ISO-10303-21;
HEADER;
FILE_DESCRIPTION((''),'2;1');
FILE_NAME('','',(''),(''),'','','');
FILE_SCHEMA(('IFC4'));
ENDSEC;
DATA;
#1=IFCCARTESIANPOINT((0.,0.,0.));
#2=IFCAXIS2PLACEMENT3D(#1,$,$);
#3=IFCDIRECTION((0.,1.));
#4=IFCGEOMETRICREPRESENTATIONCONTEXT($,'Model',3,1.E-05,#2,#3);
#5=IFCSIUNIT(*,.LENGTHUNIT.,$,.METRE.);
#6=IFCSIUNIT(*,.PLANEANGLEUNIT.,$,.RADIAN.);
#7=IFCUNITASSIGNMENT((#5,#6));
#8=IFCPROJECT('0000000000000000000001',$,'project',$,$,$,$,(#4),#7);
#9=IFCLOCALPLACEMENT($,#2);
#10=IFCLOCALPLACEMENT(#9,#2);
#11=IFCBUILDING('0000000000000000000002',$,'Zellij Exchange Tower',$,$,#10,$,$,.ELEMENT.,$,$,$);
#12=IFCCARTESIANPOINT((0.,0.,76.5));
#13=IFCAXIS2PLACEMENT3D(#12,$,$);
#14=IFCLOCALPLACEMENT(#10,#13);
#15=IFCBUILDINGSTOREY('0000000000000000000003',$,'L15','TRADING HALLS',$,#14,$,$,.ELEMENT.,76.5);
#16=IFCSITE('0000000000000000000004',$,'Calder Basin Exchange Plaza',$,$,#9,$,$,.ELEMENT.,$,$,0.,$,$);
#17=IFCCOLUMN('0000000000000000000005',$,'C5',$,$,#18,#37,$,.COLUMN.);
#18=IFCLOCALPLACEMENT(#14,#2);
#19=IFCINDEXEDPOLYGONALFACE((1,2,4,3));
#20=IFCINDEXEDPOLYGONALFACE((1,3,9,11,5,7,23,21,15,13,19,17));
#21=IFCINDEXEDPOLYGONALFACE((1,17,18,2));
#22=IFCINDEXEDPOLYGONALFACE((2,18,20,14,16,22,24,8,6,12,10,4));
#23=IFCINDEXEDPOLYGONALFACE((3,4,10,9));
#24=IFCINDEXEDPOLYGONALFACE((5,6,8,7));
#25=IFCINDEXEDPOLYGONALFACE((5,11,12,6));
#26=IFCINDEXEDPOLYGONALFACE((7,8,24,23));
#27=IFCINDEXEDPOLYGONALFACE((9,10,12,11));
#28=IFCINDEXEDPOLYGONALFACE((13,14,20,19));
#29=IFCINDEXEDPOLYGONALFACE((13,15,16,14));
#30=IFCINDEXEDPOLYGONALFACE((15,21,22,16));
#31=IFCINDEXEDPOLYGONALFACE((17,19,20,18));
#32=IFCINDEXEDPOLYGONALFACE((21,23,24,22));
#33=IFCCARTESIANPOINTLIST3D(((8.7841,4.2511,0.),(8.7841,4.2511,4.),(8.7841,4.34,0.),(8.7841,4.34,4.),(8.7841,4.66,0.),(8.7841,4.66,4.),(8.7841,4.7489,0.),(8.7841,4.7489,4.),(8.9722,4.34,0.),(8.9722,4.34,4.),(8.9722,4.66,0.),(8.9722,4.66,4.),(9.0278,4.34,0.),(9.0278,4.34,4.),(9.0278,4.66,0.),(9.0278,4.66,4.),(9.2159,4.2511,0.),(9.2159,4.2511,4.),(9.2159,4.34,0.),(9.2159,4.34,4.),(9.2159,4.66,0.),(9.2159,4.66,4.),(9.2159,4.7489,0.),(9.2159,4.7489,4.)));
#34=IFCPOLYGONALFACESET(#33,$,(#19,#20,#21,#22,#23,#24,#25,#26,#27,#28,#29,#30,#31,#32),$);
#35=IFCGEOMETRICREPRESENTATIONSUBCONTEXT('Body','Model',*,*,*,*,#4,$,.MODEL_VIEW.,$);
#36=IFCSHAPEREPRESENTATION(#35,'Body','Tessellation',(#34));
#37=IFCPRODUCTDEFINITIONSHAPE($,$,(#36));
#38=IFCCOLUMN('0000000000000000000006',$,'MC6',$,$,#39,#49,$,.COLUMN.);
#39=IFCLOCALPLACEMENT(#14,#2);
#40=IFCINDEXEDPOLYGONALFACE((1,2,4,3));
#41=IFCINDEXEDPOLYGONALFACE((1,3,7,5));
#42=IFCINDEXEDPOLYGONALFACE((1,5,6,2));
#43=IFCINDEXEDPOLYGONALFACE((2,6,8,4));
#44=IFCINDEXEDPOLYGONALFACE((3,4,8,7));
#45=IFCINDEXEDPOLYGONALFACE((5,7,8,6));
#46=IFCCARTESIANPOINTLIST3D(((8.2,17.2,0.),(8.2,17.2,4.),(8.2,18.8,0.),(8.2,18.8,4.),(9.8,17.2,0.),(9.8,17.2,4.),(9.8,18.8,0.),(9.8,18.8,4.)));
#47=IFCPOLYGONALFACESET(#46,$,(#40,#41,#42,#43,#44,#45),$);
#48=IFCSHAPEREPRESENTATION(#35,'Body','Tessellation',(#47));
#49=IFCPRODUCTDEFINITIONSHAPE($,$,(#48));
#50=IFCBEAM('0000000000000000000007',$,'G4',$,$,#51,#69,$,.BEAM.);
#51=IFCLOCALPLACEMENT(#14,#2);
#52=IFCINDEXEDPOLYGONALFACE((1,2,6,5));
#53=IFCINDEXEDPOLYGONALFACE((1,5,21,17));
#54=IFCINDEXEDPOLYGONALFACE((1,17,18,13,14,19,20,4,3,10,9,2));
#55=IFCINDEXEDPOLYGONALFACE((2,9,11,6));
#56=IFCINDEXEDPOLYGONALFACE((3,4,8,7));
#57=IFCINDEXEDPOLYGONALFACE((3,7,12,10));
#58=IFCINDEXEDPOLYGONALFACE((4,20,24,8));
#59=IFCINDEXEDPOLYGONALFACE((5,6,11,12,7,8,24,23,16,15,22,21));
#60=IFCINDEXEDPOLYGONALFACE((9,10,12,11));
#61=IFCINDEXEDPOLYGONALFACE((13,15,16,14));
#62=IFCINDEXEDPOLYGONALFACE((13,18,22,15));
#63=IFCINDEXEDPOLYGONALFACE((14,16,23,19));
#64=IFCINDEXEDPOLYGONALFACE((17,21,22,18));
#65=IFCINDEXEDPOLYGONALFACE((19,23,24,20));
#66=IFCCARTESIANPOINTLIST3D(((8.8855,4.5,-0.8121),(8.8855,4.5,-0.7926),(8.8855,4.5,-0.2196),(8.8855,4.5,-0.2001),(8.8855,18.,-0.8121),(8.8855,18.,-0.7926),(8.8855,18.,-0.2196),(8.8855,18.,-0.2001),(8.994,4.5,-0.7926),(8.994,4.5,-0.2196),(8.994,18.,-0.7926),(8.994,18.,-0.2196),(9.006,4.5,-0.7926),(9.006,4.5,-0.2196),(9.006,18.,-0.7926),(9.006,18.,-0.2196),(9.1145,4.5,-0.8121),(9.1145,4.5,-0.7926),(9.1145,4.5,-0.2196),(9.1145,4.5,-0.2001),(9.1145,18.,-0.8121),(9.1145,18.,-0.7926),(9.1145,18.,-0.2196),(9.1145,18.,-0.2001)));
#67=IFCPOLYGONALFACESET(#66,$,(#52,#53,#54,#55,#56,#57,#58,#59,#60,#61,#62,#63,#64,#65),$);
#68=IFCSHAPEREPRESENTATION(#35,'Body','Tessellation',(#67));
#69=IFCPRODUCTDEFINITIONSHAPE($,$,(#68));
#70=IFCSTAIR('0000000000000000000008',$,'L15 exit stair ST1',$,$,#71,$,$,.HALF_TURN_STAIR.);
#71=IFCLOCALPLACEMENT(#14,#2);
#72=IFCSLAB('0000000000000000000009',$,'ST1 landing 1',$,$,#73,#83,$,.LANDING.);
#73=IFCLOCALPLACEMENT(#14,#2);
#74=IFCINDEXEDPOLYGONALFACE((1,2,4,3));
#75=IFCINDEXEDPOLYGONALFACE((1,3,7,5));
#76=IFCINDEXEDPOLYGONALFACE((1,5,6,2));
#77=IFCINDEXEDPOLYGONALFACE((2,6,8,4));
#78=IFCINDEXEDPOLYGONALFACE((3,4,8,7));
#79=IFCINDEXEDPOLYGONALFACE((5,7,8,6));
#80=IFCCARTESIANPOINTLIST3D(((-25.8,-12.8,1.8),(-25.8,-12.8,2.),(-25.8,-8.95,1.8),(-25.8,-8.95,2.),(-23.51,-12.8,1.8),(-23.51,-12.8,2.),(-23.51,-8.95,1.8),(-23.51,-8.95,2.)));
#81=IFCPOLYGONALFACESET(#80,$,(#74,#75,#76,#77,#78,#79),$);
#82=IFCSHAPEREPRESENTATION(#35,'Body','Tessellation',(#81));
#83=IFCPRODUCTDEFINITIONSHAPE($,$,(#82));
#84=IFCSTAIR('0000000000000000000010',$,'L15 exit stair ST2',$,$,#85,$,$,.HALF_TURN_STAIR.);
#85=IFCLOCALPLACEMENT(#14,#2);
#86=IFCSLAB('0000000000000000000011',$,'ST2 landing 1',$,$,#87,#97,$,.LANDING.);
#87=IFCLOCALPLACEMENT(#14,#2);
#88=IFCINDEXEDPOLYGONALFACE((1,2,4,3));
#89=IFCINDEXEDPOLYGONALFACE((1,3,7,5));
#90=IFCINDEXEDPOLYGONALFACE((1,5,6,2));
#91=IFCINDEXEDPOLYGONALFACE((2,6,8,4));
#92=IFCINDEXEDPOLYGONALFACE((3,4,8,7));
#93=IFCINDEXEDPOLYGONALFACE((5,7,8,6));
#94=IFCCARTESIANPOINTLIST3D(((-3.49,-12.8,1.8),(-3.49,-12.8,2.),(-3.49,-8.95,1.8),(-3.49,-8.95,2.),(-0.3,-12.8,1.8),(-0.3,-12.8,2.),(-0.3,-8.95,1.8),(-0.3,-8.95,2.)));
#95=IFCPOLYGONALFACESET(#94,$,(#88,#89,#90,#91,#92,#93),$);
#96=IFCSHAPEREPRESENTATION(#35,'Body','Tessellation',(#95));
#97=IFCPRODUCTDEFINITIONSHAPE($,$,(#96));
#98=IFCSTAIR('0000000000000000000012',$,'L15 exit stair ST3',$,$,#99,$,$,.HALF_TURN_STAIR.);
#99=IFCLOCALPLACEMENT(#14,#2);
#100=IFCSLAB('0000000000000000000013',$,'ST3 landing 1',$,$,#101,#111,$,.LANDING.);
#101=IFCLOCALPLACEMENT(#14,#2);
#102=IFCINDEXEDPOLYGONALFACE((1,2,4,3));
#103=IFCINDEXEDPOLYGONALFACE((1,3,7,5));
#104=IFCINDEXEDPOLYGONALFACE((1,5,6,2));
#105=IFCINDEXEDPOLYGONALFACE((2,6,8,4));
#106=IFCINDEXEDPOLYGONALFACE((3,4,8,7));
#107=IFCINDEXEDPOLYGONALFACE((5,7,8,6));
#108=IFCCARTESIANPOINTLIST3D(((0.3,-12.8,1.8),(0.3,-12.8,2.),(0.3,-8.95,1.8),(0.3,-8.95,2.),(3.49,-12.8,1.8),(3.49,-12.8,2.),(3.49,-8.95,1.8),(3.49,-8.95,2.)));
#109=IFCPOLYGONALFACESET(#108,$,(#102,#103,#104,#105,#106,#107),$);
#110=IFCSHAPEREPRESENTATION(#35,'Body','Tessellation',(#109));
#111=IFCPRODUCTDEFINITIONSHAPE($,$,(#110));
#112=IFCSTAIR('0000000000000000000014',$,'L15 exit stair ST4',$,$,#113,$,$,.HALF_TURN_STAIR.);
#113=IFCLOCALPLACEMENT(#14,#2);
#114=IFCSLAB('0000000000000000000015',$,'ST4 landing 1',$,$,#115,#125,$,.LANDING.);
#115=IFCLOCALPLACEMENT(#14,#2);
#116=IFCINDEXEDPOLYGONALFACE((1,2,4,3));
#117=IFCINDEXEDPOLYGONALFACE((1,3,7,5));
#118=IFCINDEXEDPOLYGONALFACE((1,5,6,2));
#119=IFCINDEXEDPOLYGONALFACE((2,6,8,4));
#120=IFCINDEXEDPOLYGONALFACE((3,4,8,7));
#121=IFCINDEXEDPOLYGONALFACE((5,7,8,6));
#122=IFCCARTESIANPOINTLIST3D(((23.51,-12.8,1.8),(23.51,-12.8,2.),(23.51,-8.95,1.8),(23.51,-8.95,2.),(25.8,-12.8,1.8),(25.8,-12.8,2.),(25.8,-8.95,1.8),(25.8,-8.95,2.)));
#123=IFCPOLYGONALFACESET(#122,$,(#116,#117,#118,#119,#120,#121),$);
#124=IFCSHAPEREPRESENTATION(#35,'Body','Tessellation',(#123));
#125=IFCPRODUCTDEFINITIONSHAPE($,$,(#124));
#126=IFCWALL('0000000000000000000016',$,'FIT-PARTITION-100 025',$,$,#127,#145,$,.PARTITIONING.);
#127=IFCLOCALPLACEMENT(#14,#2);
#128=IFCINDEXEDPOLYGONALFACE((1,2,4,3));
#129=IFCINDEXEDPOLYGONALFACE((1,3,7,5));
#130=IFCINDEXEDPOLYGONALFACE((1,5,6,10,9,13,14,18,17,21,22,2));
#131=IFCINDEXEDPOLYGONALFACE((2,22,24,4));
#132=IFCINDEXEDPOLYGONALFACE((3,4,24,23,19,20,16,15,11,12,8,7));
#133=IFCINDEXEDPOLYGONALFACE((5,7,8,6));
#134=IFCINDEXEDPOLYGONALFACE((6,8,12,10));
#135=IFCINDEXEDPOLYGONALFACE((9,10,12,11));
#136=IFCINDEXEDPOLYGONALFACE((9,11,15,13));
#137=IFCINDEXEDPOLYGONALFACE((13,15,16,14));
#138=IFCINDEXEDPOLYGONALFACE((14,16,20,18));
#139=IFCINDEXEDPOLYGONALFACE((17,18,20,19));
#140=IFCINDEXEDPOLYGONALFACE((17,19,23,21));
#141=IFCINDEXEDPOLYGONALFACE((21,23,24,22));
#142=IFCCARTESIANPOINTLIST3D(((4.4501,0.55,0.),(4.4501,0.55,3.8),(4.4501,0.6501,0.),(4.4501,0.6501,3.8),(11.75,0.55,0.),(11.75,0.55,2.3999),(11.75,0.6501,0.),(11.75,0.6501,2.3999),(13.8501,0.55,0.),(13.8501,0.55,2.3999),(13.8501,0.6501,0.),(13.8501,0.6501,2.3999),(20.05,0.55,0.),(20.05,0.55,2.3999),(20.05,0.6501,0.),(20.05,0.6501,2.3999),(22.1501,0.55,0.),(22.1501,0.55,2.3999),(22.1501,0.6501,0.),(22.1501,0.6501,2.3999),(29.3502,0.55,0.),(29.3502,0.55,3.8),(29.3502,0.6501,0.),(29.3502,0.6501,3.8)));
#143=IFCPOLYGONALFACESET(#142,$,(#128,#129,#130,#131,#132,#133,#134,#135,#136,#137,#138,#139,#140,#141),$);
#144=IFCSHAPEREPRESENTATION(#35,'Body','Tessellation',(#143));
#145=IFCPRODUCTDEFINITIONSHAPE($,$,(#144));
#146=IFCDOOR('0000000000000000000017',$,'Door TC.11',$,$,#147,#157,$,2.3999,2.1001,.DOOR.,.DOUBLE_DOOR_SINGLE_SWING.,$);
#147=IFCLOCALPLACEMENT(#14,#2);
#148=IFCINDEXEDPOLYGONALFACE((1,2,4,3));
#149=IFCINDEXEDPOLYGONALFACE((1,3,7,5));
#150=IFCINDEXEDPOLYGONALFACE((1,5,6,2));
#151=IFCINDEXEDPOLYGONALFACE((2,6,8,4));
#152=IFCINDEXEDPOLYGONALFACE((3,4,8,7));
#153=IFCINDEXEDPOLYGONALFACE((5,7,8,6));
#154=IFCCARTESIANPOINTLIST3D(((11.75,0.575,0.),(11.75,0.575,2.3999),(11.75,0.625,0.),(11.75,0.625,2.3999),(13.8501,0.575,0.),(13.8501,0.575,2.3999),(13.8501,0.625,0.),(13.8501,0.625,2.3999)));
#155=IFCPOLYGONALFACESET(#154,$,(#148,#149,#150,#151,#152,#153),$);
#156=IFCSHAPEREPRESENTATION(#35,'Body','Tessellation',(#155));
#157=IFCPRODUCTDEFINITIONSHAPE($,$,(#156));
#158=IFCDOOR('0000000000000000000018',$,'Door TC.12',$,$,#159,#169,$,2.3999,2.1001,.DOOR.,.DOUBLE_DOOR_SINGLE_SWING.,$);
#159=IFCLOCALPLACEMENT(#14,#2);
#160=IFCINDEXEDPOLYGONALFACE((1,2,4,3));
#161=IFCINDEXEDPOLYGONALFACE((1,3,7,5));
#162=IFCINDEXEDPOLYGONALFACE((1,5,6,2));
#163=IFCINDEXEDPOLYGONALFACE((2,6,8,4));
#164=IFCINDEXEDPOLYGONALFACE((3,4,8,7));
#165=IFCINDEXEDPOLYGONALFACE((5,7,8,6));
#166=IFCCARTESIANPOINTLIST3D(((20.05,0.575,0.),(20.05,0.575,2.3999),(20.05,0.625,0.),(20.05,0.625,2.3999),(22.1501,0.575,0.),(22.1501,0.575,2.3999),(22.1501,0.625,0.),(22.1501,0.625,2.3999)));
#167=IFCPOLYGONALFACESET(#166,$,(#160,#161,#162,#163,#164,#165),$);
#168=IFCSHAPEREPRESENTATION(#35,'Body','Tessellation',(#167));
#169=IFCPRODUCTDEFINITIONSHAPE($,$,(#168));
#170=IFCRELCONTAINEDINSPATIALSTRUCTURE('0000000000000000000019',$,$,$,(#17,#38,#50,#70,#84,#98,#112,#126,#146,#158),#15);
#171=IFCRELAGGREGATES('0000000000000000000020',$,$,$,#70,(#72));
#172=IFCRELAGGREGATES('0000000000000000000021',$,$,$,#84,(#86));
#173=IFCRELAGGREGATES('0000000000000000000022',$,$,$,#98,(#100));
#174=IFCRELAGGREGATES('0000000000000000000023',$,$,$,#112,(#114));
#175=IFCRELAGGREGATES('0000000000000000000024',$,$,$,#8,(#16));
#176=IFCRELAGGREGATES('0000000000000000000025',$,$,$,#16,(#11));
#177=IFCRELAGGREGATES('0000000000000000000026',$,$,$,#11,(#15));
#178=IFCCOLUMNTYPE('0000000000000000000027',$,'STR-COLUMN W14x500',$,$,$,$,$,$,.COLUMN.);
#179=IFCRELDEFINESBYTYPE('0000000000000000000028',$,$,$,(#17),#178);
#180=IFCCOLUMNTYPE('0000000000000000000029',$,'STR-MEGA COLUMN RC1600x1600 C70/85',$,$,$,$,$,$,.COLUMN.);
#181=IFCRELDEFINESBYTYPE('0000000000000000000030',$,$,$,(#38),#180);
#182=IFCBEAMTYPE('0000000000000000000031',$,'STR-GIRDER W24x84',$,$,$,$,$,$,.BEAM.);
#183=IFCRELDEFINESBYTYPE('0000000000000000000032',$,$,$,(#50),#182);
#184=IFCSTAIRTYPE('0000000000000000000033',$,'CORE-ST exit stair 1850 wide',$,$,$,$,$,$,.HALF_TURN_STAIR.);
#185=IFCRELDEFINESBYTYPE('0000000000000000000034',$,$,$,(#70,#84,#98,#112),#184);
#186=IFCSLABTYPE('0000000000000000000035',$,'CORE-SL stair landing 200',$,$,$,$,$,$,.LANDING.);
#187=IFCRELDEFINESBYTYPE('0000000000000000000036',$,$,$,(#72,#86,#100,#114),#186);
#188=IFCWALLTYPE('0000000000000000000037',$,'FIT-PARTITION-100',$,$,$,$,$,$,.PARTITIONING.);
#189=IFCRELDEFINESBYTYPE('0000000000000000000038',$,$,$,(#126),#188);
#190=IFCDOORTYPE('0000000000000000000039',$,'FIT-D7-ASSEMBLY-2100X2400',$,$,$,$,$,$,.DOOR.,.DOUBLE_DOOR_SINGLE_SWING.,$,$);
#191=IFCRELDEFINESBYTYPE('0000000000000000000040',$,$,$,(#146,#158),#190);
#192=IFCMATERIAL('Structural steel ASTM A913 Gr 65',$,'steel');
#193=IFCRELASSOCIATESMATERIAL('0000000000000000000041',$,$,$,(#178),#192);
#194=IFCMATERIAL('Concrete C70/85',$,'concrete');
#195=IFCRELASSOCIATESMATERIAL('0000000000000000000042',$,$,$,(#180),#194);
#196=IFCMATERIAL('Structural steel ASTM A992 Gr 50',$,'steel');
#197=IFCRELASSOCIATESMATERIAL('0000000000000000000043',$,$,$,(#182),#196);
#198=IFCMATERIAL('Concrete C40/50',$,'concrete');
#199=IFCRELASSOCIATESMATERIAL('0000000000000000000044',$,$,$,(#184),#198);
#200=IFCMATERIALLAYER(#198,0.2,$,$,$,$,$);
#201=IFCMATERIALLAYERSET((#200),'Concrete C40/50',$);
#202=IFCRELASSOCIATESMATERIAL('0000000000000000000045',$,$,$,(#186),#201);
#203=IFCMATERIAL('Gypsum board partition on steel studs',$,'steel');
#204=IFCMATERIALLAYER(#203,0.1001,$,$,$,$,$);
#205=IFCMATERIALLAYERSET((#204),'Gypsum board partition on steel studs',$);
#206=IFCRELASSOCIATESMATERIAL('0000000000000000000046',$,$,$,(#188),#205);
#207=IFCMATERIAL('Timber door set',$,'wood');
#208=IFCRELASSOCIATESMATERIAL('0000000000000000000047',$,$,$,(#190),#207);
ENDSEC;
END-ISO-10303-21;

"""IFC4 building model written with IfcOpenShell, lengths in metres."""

from ifc_helpers import new_model, si_unit, direction, frame, frame_2d, origin, origin_2d, place, context, subcontext, project, spatial, polyline, rectangle, i_section, outline, extrude, material, layer, layer_set, material_profile, profile_set, type_object, element, fill, aggregate, save


model = new_model("IFC4")

# Units and contexts
model_context = context("Model", 3, precision=1e-05, world=origin(), true_north=direction((0.0, 1.0)))
body_context = subcontext(model_context, "Body", "Model", "MODEL_VIEW")
ifc_project = project(units=[si_unit("LENGTHUNIT", "METRE"), si_unit("PLANEANGLEUNIT", "RADIAN")], contexts=[model_context])

# Site, building, storey
site_placement = place(None, origin())
site = spatial("IfcSite", under=ifc_project, at=site_placement, Name="Calder Basin Exchange Plaza", CompositionType="ELEMENT", RefElevation=0.0)
building_placement = place(site_placement, origin())
building = spatial("IfcBuilding", under=site, at=building_placement, Name="Zellij Exchange Tower", CompositionType="ELEMENT")
storey_placement = place(building_placement, frame((0.0, 0.0, 76.5)))
storey = spatial("IfcBuildingStorey", under=building, at=storey_placement, Name="L15", Description="TRADING HALLS", CompositionType="ELEMENT", Elevation=76.5)

# Columns
ifc_material_1 = material(Name="Structural steel ASTM A913 Gr 65", Category="steel")
ifc_material_profile_1 = material_profile(ifc_material_1, i_section(OverallWidth=0.4319, OverallDepth=0.4978, WebThickness=0.0557, FlangeThickness=0.0889, at=origin_2d()), Name="W14x500")
ifc_profile_set_1 = profile_set([ifc_material_profile_1], Name="Structural steel ASTM A913 Gr 65")
column_type_1 = type_object("IfcColumnType", Name="STR-COLUMN W14x500", PredefinedType="COLUMN", material=ifc_profile_set_1)
column_1_placement = place(storey_placement, frame((9.0, 4.5, 0.0), z_axis=(0.0, 0.0, 1.0), x_axis=(1.0, 0.0, 0.0)))
element("IfcColumn", 1, at=column_1_placement, inside=storey, type_object=column_type_1, Name="C5", PredefinedType="COLUMN", context=body_context, shape_type="SweptSolid", body=[
    extrude(i_section(OverallWidth=0.4319, OverallDepth=0.4978, WebThickness=0.0557, FlangeThickness=0.0889, at=origin_2d()), origin(), (0.0, 0.0, 1.0), 4.0),
])
ifc_material_2 = material(Name="Concrete C70/85", Category="concrete")
ifc_material_profile_2 = material_profile(ifc_material_2, rectangle(XDim=1.6001, YDim=1.6001, at=origin_2d()), Name="STR-MEGA COLUMN RC1600x1600 C70/85")
ifc_profile_set_2 = profile_set([ifc_material_profile_2], Name="Concrete C70/85")
column_type_2 = type_object("IfcColumnType", Name="STR-MEGA COLUMN RC1600x1600 C70/85", PredefinedType="COLUMN", material=ifc_profile_set_2)
column_2_placement = place(storey_placement, frame((9.0, 18.0, 0.0), z_axis=(0.0, 0.0, 1.0), x_axis=(1.0, 0.0, 0.0)))
element("IfcColumn", 2, at=column_2_placement, inside=storey, type_object=column_type_2, Name="MC6", PredefinedType="COLUMN", context=body_context, shape_type="SweptSolid", body=[
    extrude(rectangle(XDim=1.6001, YDim=1.6001, at=origin_2d()), origin(), (0.0, 0.0, 1.0), 4.0),
])

# Beam
ifc_material_3 = material(Name="Structural steel ASTM A992 Gr 50", Category="steel")
ifc_material_profile_3 = material_profile(ifc_material_3, i_section(OverallWidth=0.229, OverallDepth=0.6121, WebThickness=0.012, FlangeThickness=0.0195, at=origin_2d()), Name="W24x84")
ifc_profile_set_3 = profile_set([ifc_material_profile_3], Name="Structural steel ASTM A992 Gr 50")
beam_type = type_object("IfcBeamType", Name="STR-GIRDER W24x84", PredefinedType="BEAM", material=ifc_profile_set_3)
beam_placement = place(storey_placement, frame((9.0, 4.5, -0.5061), z_axis=(0.0, 1.0, 0.0), x_axis=(-1.0, 0.0, 0.0)))
element("IfcBeam", 3, at=beam_placement, inside=storey, type_object=beam_type, Name="G4", PredefinedType="BEAM", context=body_context, shape_type="SweptSolid", body=[
    extrude(i_section(OverallWidth=0.229, OverallDepth=0.6121, WebThickness=0.012, FlangeThickness=0.0195, at=origin_2d()), origin(), (0.0, 0.0, 1.0), 13.5),
])

# Stairs, slabs
ifc_material_4 = material(Name="Concrete C40/50", Category="concrete")
stair_type = type_object("IfcStairType", Name="CORE-ST exit stair 1850 wide", PredefinedType="HALF_TURN_STAIR", material=ifc_material_4)
stair_1_placement = place(storey_placement, origin())
stair_1 = element("IfcStair", 4, at=stair_1_placement, inside=storey, type_object=stair_type, Name="L15 exit stair ST1", PredefinedType="HALF_TURN_STAIR")
ifc_layer_1 = layer(ifc_material_4, 0.2)
ifc_layer_set_1 = layer_set([ifc_layer_1], Name="Concrete C40/50")
slab_type = type_object("IfcSlabType", Name="CORE-SL stair landing 200", PredefinedType="LANDING", material=ifc_layer_set_1)
slab_1_placement = place(storey_placement, frame((0.0, 0.0, 1.8)))
slab_1 = element("IfcSlab", 5, at=slab_1_placement, type_object=slab_type, Name="ST1 landing 1", PredefinedType="LANDING", context=body_context, shape_type="SweptSolid", body=[
    extrude(outline(polyline([(-23.51, -8.95), (-25.8, -8.95), (-25.8, -12.8), (-23.51, -12.8), (-23.51, -8.95)])), origin(), (0.0, 0.0, 1.0), 0.2),
])
aggregate(stair_1, [slab_1])
stair_2_placement = place(storey_placement, origin())
stair_2 = element("IfcStair", 6, at=stair_2_placement, inside=storey, type_object=stair_type, Name="L15 exit stair ST2", PredefinedType="HALF_TURN_STAIR")
slab_2_placement = place(storey_placement, frame((0.0, 0.0, 1.8)))
slab_2 = element("IfcSlab", 7, at=slab_2_placement, type_object=slab_type, Name="ST2 landing 1", PredefinedType="LANDING", context=body_context, shape_type="SweptSolid", body=[
    extrude(outline(polyline([(-3.49, -12.8), (-0.3, -12.8), (-0.3, -8.95), (-3.49, -8.95), (-3.49, -12.8)])), origin(), (0.0, 0.0, 1.0), 0.2),
])
aggregate(stair_2, [slab_2])
stair_3_placement = place(storey_placement, origin())
stair_3 = element("IfcStair", 8, at=stair_3_placement, inside=storey, type_object=stair_type, Name="L15 exit stair ST3", PredefinedType="HALF_TURN_STAIR")
slab_3_placement = place(storey_placement, frame((0.0, 0.0, 1.8)))
slab_3 = element("IfcSlab", 9, at=slab_3_placement, type_object=slab_type, Name="ST3 landing 1", PredefinedType="LANDING", context=body_context, shape_type="SweptSolid", body=[
    extrude(outline(polyline([(3.49, -8.95), (0.3, -8.95), (0.3, -12.8), (3.49, -12.8), (3.49, -8.95)])), origin(), (0.0, 0.0, 1.0), 0.2),
])
aggregate(stair_3, [slab_3])
stair_4_placement = place(storey_placement, origin())
stair_4 = element("IfcStair", 10, at=stair_4_placement, inside=storey, type_object=stair_type, Name="L15 exit stair ST4", PredefinedType="HALF_TURN_STAIR")
slab_4_placement = place(storey_placement, frame((0.0, 0.0, 1.8)))
slab_4 = element("IfcSlab", 11, at=slab_4_placement, type_object=slab_type, Name="ST4 landing 1", PredefinedType="LANDING", context=body_context, shape_type="SweptSolid", body=[
    extrude(outline(polyline([(23.51, -12.8), (25.8, -12.8), (25.8, -8.95), (23.51, -8.95), (23.51, -12.8)])), origin(), (0.0, 0.0, 1.0), 0.2),
])
aggregate(stair_4, [slab_4])

# Wall, openings, doors
ifc_material_5 = material(Name="Gypsum board partition on steel studs", Category="steel")
ifc_layer_2 = layer(ifc_material_5, 0.1001)
ifc_layer_set_2 = layer_set([ifc_layer_2], Name="Gypsum board partition on steel studs")
wall_type = type_object("IfcWallType", Name="FIT-PARTITION-100", PredefinedType="PARTITIONING", material=ifc_layer_set_2)
wall_1_placement = place(storey_placement, frame((4.45, 0.6001, 0.0), z_axis=(0.0, 0.0, 1.0), x_axis=(1.0, 0.0, 0.0)))
wall_1 = element("IfcWall", 12, at=wall_1_placement, inside=storey, type_object=wall_type, Name="FIT-PARTITION-100 025", PredefinedType="PARTITIONING", context=body_context, shape_type="SweptSolid", body=[
    extrude(rectangle(XDim=24.9001, YDim=0.1001, at=frame_2d((12.4502, 0.0))), origin(), (0.0, 0.0, 1.0), 3.8),
])
opening_1_placement = place(wall_1_placement, frame((7.3, 0.0, 0.0)))
opening_1 = element("IfcOpeningElement", 13, at=opening_1_placement, cuts=wall_1, PredefinedType="OPENING", context=body_context, shape_type="SweptSolid", body=[
    extrude(rectangle(XDim=2.1001, YDim=2.3999, at=frame_2d((1.05, 1.2))), frame((0.0, 0.062, 0.0), z_axis=(0.0, -1.0, 0.0), x_axis=(1.0, 0.0, 0.0)), (0.0, 0.0, 1.0), 0.124),
])
opening_2_placement = place(wall_1_placement, frame((15.6001, 0.0, 0.0)))
opening_2 = element("IfcOpeningElement", 14, at=opening_2_placement, cuts=wall_1, PredefinedType="OPENING", context=body_context, shape_type="SweptSolid", body=[
    extrude(rectangle(XDim=2.1001, YDim=2.3999, at=frame_2d((1.05, 1.2))), frame((0.0, 0.062, 0.0), z_axis=(0.0, -1.0, 0.0), x_axis=(1.0, 0.0, 0.0)), (0.0, 0.0, 1.0), 0.124),
])
ifc_material_6 = material(Name="Timber door set", Category="wood")
door_type_1 = type_object("IfcDoorType", Name="FIT-D7-ASSEMBLY-2100X2400", OperationType="DOUBLE_DOOR_SINGLE_SWING", PredefinedType="DOOR", material=ifc_material_6)
door_1_placement = place(opening_1_placement, origin())
door_1 = element("IfcDoor", 15, at=door_1_placement, inside=storey, type_object=door_type_1, Name="Door TC.11", OperationType="DOUBLE_DOOR_SINGLE_SWING", OverallHeight=2.3999, OverallWidth=2.1001, PredefinedType="DOOR", context=body_context, shape_type="SweptSolid", body=[
    extrude(rectangle(XDim=2.1001, YDim=2.3999, at=frame_2d((1.05, 1.2))), frame((0.0, 0.0249, 0.0), z_axis=(0.0, -1.0, 0.0), x_axis=(1.0, 0.0, 0.0)), (0.0, 0.0, 1.0), 0.05),
])
fill(opening_1, door_1)
door_2_placement = place(opening_2_placement, origin())
door_2 = element("IfcDoor", 16, at=door_2_placement, inside=storey, type_object=door_type_1, Name="Door TC.12", OperationType="DOUBLE_DOOR_SINGLE_SWING", OverallHeight=2.3999, OverallWidth=2.1001, PredefinedType="DOOR", context=body_context, shape_type="SweptSolid", body=[
    extrude(rectangle(XDim=2.1001, YDim=2.3999, at=frame_2d((1.05, 1.2))), frame((0.0, 0.0249, 0.0), z_axis=(0.0, -1.0, 0.0), x_axis=(1.0, 0.0, 0.0)), (0.0, 0.0, 1.0), 0.05),
])
fill(opening_2, door_2)

save(model, "model.ifc")
